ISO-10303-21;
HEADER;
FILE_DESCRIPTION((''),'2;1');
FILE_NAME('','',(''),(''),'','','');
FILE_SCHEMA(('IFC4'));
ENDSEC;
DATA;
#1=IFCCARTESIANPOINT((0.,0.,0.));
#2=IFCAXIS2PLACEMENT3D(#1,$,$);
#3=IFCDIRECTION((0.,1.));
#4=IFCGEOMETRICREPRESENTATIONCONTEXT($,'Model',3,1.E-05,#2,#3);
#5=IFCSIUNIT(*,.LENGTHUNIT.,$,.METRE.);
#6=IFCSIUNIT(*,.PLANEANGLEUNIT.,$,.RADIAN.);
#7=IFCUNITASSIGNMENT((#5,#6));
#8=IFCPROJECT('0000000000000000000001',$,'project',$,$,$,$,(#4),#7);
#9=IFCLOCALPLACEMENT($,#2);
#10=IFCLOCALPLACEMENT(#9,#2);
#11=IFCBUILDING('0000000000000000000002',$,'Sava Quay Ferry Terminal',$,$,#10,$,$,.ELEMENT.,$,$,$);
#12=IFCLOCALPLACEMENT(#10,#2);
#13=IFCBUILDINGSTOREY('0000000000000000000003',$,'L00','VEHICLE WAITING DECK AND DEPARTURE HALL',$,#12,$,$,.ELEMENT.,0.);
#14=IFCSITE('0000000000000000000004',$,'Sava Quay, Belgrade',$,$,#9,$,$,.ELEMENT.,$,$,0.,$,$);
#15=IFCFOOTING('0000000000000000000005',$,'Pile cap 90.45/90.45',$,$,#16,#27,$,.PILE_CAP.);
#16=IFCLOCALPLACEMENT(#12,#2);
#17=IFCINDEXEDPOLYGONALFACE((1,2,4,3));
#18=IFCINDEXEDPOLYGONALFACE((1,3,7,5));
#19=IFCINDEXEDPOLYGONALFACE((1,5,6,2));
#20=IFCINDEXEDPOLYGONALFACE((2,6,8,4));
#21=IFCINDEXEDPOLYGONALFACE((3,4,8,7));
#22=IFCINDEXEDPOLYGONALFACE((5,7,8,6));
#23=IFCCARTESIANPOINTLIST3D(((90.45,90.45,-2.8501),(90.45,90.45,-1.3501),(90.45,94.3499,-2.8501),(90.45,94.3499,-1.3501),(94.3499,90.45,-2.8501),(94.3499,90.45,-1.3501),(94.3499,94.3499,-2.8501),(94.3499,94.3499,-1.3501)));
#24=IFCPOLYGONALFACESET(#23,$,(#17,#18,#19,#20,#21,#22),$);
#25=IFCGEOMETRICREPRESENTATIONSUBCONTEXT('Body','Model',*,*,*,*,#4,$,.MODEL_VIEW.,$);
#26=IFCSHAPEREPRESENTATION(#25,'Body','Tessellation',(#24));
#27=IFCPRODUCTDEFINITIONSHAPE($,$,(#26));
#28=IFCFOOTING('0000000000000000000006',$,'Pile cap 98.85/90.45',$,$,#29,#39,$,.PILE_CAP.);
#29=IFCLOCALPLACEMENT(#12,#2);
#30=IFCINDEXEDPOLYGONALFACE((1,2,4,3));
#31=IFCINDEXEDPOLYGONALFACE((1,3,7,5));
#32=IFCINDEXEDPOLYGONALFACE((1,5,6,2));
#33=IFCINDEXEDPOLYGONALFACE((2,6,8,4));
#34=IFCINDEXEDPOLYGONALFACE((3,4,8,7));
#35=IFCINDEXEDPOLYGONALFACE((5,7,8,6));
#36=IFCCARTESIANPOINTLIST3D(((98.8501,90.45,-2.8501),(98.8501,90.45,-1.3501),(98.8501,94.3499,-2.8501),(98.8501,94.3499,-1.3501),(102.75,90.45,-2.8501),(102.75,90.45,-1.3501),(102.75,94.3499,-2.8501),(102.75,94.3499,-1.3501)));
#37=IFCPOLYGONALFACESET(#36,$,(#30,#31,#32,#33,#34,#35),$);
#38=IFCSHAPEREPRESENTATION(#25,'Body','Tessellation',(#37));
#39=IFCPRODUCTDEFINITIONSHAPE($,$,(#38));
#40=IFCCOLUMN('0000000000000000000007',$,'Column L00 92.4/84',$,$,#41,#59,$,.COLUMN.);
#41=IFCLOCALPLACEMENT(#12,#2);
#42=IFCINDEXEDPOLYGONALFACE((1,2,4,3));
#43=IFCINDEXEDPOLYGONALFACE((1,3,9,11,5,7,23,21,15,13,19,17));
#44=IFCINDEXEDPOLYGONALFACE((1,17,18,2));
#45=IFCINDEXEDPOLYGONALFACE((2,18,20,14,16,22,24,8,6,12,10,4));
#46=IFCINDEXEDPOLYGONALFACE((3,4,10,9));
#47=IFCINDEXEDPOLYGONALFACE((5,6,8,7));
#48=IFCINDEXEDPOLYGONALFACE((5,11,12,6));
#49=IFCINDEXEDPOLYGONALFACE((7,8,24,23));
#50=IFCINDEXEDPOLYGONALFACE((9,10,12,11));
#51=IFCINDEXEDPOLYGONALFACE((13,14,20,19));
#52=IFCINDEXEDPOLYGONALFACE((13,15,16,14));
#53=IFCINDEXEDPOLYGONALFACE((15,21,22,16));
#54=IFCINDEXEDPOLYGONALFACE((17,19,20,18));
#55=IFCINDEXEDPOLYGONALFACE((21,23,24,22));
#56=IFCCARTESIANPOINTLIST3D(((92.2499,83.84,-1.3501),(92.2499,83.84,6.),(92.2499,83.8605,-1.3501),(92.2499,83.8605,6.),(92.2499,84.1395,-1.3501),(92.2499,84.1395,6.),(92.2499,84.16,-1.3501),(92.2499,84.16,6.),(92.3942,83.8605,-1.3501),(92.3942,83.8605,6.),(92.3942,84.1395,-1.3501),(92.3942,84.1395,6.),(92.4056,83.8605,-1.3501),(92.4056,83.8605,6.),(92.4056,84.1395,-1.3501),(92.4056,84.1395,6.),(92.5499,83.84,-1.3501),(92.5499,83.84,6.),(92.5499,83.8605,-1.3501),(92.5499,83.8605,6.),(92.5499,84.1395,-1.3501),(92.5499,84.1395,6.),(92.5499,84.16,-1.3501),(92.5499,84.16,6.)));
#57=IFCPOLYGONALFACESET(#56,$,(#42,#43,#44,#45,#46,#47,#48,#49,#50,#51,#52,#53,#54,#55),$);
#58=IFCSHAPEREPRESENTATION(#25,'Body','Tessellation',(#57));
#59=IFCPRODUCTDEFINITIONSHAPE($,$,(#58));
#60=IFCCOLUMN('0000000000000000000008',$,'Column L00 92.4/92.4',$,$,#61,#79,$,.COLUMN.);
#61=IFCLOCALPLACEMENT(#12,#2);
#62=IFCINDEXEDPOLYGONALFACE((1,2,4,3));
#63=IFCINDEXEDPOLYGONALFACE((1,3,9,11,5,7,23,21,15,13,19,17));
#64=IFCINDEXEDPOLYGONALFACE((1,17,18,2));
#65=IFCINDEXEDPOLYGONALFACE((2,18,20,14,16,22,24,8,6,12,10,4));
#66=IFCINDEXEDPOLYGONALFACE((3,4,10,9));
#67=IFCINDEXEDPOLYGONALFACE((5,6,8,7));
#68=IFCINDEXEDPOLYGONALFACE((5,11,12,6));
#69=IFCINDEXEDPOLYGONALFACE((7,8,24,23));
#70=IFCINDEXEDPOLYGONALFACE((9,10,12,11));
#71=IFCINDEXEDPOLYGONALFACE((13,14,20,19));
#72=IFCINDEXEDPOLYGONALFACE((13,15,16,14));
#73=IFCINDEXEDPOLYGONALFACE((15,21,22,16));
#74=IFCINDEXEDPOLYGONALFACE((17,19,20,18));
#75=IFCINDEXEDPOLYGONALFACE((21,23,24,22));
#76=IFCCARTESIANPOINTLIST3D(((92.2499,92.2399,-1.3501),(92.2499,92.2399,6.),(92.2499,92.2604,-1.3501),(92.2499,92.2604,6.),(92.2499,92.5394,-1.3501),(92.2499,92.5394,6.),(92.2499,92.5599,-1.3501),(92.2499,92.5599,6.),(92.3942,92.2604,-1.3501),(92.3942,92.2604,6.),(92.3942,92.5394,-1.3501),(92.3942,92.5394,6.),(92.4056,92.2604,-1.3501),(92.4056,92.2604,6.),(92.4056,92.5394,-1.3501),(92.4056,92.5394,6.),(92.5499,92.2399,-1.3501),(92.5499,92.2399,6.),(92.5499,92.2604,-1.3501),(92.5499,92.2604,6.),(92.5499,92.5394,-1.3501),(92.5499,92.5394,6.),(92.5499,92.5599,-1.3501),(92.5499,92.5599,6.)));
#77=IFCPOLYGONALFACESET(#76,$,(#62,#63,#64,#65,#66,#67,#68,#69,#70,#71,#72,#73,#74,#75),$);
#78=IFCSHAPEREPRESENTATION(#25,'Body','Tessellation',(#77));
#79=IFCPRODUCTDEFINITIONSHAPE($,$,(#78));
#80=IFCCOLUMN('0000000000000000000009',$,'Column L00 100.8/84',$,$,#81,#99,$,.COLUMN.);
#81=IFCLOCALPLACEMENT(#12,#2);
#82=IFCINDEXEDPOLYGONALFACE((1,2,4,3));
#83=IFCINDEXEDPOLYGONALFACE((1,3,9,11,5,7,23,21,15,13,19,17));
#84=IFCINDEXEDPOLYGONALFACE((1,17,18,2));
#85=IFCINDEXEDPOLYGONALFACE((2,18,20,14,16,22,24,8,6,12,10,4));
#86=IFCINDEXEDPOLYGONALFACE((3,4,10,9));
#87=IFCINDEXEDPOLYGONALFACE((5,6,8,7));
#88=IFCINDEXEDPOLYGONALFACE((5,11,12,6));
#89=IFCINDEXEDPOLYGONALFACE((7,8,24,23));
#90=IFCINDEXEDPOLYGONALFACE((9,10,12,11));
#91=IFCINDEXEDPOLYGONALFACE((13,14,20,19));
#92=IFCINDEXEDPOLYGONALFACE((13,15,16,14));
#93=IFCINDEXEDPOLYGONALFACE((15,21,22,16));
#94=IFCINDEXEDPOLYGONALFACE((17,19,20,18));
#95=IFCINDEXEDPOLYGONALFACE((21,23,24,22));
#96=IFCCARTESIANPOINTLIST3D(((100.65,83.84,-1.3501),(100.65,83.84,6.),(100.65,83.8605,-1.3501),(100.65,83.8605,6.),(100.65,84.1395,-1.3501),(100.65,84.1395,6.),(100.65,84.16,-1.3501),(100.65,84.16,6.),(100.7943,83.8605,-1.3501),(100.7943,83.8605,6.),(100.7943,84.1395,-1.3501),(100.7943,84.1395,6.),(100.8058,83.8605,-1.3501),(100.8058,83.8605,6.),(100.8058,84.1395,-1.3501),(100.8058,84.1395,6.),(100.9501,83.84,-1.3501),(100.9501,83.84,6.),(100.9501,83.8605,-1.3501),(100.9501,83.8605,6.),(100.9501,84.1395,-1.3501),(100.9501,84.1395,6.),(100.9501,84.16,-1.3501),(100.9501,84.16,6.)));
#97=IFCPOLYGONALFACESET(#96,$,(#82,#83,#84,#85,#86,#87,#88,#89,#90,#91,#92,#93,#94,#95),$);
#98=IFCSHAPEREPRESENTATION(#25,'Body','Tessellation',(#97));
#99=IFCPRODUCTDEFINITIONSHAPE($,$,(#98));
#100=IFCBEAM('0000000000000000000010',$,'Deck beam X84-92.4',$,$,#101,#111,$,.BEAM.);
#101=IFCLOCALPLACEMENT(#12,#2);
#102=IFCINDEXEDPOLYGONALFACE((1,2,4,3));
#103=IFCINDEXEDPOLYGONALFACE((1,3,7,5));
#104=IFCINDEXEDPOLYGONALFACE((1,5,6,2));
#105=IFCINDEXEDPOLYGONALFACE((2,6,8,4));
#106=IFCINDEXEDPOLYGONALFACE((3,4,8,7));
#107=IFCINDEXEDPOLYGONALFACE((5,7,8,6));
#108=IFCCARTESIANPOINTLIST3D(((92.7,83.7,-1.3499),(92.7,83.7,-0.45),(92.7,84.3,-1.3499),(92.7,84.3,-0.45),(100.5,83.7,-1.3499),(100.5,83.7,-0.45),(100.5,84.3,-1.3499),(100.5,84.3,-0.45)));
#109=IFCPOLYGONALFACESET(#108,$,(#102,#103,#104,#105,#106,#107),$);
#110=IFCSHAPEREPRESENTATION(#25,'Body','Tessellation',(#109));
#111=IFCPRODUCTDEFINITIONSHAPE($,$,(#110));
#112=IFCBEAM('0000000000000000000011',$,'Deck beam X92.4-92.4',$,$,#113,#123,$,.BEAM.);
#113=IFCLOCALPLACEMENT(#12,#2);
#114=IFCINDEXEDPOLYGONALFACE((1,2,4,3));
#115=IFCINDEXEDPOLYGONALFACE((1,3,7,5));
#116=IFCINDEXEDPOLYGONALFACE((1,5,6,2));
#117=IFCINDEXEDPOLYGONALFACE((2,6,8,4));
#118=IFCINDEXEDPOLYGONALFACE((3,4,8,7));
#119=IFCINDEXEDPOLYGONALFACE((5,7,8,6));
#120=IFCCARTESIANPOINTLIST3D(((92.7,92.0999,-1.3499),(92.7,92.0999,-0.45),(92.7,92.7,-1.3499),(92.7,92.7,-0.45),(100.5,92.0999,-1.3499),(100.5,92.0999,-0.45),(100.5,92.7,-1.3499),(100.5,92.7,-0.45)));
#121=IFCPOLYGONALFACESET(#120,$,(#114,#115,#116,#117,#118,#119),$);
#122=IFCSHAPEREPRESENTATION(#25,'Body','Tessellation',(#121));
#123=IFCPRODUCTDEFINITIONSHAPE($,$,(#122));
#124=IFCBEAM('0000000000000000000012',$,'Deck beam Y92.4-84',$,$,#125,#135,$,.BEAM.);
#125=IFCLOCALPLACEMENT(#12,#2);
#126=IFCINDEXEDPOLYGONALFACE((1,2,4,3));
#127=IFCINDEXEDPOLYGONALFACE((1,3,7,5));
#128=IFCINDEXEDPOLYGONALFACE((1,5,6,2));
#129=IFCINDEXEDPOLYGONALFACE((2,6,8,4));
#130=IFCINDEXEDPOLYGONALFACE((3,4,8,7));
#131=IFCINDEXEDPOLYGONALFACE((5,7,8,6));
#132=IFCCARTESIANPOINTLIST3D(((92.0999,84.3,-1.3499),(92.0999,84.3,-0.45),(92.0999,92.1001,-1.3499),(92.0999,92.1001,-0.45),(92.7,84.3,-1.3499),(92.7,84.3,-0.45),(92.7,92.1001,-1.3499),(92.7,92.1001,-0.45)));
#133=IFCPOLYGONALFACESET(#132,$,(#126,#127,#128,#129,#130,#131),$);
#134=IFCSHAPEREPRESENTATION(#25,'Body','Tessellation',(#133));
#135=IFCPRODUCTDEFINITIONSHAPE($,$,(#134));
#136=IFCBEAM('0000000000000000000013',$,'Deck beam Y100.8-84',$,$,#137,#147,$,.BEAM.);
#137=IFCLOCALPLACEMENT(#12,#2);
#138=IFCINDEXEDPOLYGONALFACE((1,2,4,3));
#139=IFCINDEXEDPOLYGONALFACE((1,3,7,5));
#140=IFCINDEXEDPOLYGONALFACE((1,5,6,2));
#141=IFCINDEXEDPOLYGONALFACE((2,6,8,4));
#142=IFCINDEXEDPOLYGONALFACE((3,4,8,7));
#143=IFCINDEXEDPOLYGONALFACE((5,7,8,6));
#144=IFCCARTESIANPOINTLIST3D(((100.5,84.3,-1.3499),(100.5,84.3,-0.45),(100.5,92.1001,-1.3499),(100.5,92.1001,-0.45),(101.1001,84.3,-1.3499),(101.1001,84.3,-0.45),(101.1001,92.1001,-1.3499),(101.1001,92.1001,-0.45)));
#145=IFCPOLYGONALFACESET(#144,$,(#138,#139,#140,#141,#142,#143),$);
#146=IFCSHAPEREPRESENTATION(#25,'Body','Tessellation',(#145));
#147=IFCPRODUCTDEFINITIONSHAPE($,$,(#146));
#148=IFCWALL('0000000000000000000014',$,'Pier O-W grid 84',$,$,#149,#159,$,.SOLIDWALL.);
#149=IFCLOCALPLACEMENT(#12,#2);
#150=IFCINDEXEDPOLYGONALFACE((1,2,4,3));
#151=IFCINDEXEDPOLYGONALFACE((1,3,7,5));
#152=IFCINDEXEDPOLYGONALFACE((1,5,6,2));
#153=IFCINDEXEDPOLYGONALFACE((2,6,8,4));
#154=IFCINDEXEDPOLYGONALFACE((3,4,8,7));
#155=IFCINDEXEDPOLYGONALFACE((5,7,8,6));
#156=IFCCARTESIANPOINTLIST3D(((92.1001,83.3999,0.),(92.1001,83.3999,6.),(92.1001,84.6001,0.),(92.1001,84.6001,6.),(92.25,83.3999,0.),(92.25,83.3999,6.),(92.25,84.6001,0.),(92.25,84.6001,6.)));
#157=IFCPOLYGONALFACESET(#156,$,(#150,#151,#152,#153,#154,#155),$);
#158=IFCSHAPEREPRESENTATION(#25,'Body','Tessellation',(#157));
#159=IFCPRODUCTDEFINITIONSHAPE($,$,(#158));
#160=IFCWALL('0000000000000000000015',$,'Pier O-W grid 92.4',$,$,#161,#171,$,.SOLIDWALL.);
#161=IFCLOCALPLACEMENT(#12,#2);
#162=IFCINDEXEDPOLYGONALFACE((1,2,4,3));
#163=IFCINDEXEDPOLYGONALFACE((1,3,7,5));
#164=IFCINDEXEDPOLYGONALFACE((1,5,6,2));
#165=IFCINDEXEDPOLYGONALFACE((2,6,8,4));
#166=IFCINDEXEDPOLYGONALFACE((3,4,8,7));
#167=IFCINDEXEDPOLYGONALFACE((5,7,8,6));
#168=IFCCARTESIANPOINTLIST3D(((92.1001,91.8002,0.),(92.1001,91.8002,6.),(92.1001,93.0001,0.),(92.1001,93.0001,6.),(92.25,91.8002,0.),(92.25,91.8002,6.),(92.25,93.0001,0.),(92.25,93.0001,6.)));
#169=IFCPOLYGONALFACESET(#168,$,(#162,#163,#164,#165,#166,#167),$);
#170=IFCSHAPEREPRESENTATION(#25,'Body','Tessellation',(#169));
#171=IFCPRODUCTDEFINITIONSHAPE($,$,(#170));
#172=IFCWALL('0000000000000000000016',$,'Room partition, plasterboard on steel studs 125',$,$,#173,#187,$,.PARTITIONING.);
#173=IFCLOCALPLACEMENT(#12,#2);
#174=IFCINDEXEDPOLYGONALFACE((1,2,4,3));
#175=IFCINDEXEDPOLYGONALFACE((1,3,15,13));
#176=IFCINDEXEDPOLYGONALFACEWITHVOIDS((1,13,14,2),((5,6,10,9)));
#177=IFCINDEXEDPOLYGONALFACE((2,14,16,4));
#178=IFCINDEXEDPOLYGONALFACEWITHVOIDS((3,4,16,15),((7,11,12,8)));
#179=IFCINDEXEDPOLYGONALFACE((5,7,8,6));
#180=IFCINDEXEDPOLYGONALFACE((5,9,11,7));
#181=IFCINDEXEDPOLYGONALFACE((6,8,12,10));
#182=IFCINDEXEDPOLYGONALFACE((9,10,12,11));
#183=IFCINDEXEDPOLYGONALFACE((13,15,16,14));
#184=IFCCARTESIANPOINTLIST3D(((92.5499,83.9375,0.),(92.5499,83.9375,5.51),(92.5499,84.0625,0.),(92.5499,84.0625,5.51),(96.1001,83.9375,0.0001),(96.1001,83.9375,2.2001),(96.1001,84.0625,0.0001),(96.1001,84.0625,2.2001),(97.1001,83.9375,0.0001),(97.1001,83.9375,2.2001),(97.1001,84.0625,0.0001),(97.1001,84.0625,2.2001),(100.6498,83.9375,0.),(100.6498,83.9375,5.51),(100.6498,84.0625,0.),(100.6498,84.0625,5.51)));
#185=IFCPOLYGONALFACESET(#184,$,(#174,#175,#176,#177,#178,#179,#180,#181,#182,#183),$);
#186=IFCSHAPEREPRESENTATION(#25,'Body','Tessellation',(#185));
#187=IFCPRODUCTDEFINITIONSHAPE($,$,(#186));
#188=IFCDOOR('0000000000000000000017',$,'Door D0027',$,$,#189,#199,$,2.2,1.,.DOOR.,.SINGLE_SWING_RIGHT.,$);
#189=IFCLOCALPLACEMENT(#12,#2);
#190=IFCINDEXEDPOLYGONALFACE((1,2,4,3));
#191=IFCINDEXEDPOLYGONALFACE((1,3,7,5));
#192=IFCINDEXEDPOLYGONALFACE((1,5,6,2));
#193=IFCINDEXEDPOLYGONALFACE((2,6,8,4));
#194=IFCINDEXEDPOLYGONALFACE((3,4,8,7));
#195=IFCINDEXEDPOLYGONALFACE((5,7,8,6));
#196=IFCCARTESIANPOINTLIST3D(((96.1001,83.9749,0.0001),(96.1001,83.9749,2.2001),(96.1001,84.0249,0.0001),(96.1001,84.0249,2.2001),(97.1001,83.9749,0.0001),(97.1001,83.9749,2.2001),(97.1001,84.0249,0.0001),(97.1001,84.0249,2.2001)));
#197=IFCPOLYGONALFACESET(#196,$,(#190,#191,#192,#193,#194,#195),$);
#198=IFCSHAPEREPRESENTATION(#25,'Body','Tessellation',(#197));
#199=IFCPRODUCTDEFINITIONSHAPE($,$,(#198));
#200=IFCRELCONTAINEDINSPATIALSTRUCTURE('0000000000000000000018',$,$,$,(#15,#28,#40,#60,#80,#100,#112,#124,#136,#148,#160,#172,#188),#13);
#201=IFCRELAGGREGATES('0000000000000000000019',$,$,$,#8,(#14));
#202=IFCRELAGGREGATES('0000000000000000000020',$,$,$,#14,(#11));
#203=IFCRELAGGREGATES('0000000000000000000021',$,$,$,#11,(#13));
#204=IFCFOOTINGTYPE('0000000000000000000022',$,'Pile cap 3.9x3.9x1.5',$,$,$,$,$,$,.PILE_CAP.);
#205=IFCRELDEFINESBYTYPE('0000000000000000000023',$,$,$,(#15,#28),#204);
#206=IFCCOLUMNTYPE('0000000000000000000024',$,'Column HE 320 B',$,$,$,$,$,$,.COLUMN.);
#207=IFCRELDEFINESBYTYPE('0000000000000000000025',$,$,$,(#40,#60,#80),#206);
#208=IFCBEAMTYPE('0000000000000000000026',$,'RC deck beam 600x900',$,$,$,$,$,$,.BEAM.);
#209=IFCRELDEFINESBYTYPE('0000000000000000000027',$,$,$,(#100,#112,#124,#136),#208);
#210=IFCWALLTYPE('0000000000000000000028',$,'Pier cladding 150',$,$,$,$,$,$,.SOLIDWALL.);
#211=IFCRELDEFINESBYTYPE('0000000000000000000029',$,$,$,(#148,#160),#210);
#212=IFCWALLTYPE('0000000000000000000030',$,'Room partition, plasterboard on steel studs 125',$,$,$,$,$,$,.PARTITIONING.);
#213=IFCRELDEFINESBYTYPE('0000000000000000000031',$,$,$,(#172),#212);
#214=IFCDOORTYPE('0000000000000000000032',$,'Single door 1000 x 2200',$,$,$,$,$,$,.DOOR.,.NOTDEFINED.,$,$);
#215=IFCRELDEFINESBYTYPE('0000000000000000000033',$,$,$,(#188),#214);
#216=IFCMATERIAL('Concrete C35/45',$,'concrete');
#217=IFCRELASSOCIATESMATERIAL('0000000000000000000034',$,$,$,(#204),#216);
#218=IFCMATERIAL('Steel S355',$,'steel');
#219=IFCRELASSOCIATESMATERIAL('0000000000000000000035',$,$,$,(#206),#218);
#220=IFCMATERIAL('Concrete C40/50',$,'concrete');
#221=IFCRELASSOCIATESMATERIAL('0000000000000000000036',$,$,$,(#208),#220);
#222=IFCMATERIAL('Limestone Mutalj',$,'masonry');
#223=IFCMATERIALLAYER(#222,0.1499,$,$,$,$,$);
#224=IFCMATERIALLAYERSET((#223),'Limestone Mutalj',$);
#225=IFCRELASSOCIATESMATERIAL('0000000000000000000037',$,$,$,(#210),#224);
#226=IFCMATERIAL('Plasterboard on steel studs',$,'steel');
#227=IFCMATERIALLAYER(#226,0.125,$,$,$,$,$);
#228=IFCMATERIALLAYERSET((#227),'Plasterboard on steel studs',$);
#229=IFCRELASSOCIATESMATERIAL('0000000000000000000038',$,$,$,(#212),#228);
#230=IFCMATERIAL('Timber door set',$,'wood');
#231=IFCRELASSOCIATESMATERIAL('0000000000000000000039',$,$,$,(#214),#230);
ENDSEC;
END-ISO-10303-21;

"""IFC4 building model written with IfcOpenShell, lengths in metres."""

from ifc_helpers import new_model, si_unit, direction, frame, frame_2d, origin, origin_2d, place, context, subcontext, project, spatial, rectangle, i_section, extrude, material, layer, layer_set, material_profile, profile_set, type_object, element, fill, save


model = new_model("IFC4")

# Units and contexts
model_context = context("Model", 3, precision=1e-05, world=origin(), true_north=direction((0.0, 1.0)))
body_context = subcontext(model_context, "Body", "Model", "MODEL_VIEW")
ifc_project = project(units=[si_unit("LENGTHUNIT", "METRE"), si_unit("PLANEANGLEUNIT", "RADIAN")], contexts=[model_context])

# Site, building, storey
site_placement = place(None, origin())
site = spatial("IfcSite", under=ifc_project, at=site_placement, Name="Sava Quay, Belgrade", CompositionType="ELEMENT", RefElevation=0.0)
building_placement = place(site_placement, origin())
building = spatial("IfcBuilding", under=site, at=building_placement, Name="Sava Quay Ferry Terminal", CompositionType="ELEMENT")
storey_placement = place(building_placement, origin())
storey = spatial("IfcBuildingStorey", under=building, at=storey_placement, Name="L00", Description="VEHICLE WAITING DECK AND DEPARTURE HALL", CompositionType="ELEMENT", Elevation=0.0)

# Footings
ifc_material_1 = material(Name="Concrete C35/45", Category="concrete")
footing_type = type_object("IfcFootingType", Name="Pile cap 3.9x3.9x1.5", PredefinedType="PILE_CAP", material=ifc_material_1)
for number, where, z_axis, x_axis, name in (
    (1, (92.3999, 92.3999, -2.8501), (0.0, 0.0, 1.0), (1.0, 0.0, 0.0), "Pile cap 90.45/90.45"),
    (2, (100.8, 92.3999, -2.8501), (0.0, 0.0, 1.0), (1.0, 0.0, 0.0), "Pile cap 98.85/90.45"),
):
    element("IfcFooting", number, at=place(storey_placement, frame(where, z_axis=z_axis, x_axis=x_axis)), inside=storey, type_object=footing_type, Name=name, PredefinedType="PILE_CAP", context=body_context, shape_type="SweptSolid", body=[
        extrude(rectangle(XDim=3.8999, YDim=3.8999, at=origin_2d()), origin(), (0.0, 0.0, 1.0), 1.5),
    ])

# Columns
ifc_material_2 = material(Name="Steel S355", Category="steel")
ifc_material_profile_1 = material_profile(ifc_material_2, i_section(OverallWidth=0.3, OverallDepth=0.3201, WebThickness=0.0115, FlangeThickness=0.0205, at=origin_2d()), Name="HE 320 B")
ifc_profile_set_1 = profile_set([ifc_material_profile_1], Name="Steel S355")
column_type = type_object("IfcColumnType", Name="Column HE 320 B", PredefinedType="COLUMN", material=ifc_profile_set_1)
for number, where, z_axis, x_axis, name in (
    (3, (92.3999, 84.0, -1.3501), (0.0, 0.0, 1.0), (1.0, 0.0, 0.0), "Column L00 92.4/84"),
    (4, (92.3999, 92.3999, -1.3501), (0.0, 0.0, 1.0), (1.0, 0.0, 0.0), "Column L00 92.4/92.4"),
    (5, (100.8, 84.0, -1.3501), (0.0, 0.0, 1.0), (1.0, 0.0, 0.0), "Column L00 100.8/84"),
):
    element("IfcColumn", number, at=place(storey_placement, frame(where, z_axis=z_axis, x_axis=x_axis)), inside=storey, type_object=column_type, Name=name, PredefinedType="COLUMN", context=body_context, shape_type="SweptSolid", body=[
        extrude(i_section(OverallWidth=0.3, OverallDepth=0.3201, WebThickness=0.0115, FlangeThickness=0.0205, at=origin_2d()), origin(), (0.0, 0.0, 1.0), 7.3501),
    ])

# Beams
ifc_material_3 = material(Name="Concrete C40/50", Category="concrete")
ifc_material_profile_2 = material_profile(ifc_material_3, rectangle(XDim=0.6001, YDim=0.8999, at=origin_2d()), Name="RC 600x900")
ifc_profile_set_2 = profile_set([ifc_material_profile_2], Name="Concrete C40/50")
beam_type = type_object("IfcBeamType", Name="RC deck beam 600x900", PredefinedType="BEAM", material=ifc_profile_set_2)
for number, where, z_axis, x_axis, name in (
    (6, (92.7, 84.0, -0.8999), (1.0, 0.0, 0.0), (0.0, 1.0, 0.0), "Deck beam X84-92.4"),
    (7, (92.7, 92.3999, -0.8999), (1.0, 0.0, 0.0), (0.0, 1.0, 0.0), "Deck beam X92.4-92.4"),
    (8, (92.3999, 84.3, -0.8999), (0.0, 1.0, 0.0), (-1.0, 0.0, 0.0), "Deck beam Y92.4-84"),
    (9, (100.8, 84.3, -0.8999), (0.0, 1.0, 0.0), (-1.0, 0.0, 0.0), "Deck beam Y100.8-84"),
):
    element("IfcBeam", number, at=place(storey_placement, frame(where, z_axis=z_axis, x_axis=x_axis)), inside=storey, type_object=beam_type, Name=name, PredefinedType="BEAM", context=body_context, shape_type="SweptSolid", body=[
        extrude(rectangle(XDim=0.6001, YDim=0.8999, at=origin_2d()), origin(), (0.0, 0.0, 1.0), 7.8),
    ])

# Walls
ifc_material_4 = material(Name="Limestone Mutalj", Category="masonry")
ifc_layer_1 = layer(ifc_material_4, 0.1499)
ifc_layer_set_1 = layer_set([ifc_layer_1], Name="Limestone Mutalj")
wall_type_1 = type_object("IfcWallType", Name="Pier cladding 150", PredefinedType="SOLIDWALL", material=ifc_layer_set_1)
wall_1_placement = place(storey_placement, frame((92.175, 83.3999, 0.0), z_axis=(0.0, 0.0, 1.0), x_axis=(0.0, 1.0, 0.0)))
element("IfcWall", 10, at=wall_1_placement, inside=storey, type_object=wall_type_1, Name="Pier O-W grid 84", PredefinedType="SOLIDWALL", context=body_context, shape_type="SweptSolid", body=[
    extrude(rectangle(XDim=1.2002, YDim=0.1499, at=frame_2d((0.6001, 0.0))), origin(), (0.0, 0.0, 1.0), 6.0),
])
wall_2_placement = place(storey_placement, frame((92.175, 91.8, 0.0), z_axis=(0.0, 0.0, 1.0), x_axis=(0.0, 1.0, 0.0)))
element("IfcWall", 11, at=wall_2_placement, inside=storey, type_object=wall_type_1, Name="Pier O-W grid 92.4", PredefinedType="SOLIDWALL", context=body_context, shape_type="SweptSolid", body=[
    extrude(rectangle(XDim=1.2, YDim=0.1499, at=frame_2d((0.6001, 0.0))), origin(), (0.0, 0.0, 1.0), 6.0),
])

# Wall, opening, door
ifc_material_5 = material(Name="Plasterboard on steel studs", Category="steel")
ifc_layer_2 = layer(ifc_material_5, 0.125)
ifc_layer_set_2 = layer_set([ifc_layer_2], Name="Plasterboard on steel studs")
wall_type_2 = type_object("IfcWallType", Name="Room partition, plasterboard on steel studs 125", PredefinedType="PARTITIONING", material=ifc_layer_set_2)
wall_3_placement = place(storey_placement, frame((92.55, 84.0, 0.0), z_axis=(0.0, 0.0, 1.0), x_axis=(1.0, 0.0, 0.0)))
wall_3 = element("IfcWall", 12, at=wall_3_placement, inside=storey, type_object=wall_type_2, Name="Room partition, plasterboard on steel studs 125", PredefinedType="PARTITIONING", context=body_context, shape_type="SweptSolid", body=[
    extrude(rectangle(XDim=8.0999, YDim=0.125, at=frame_2d((4.0498, 0.0))), origin(), (0.0, 0.0, 1.0), 5.51),
])
opening_1_placement = place(wall_3_placement, frame((3.55, 0.0, 0.0)))
opening_1 = element("IfcOpeningElement", 13, at=opening_1_placement, cuts=wall_3, PredefinedType="OPENING", context=body_context, shape_type="SweptSolid", body=[
    extrude(rectangle(XDim=1.0, YDim=2.2, at=frame_2d((0.5, 1.1001))), frame((0.0, 0.0625, 0.0), z_axis=(0.0, -1.0, 0.0), x_axis=(1.0, 0.0, 0.0)), (0.0, 0.0, 1.0), 0.125),
])
ifc_material_6 = material(Name="Timber door set", Category="wood")
door_type = type_object("IfcDoorType", Name="Single door 1000 x 2200", OperationType="NOTDEFINED", PredefinedType="DOOR", material=ifc_material_6)
door_placement = place(opening_1_placement, origin())
door = element("IfcDoor", 14, at=door_placement, inside=storey, type_object=door_type, Name="Door D0027", OperationType="SINGLE_SWING_RIGHT", OverallHeight=2.2, OverallWidth=1.0, PredefinedType="DOOR", context=body_context, shape_type="SweptSolid", body=[
    extrude(rectangle(XDim=1.0, YDim=2.2, at=frame_2d((0.5, 1.1001))), frame((0.0, 0.0249, 0.0), z_axis=(0.0, -1.0, 0.0), x_axis=(1.0, 0.0, 0.0)), (0.0, 0.0, 1.0), 0.05),
])
fill(opening_1, door)

save(model, "model.ifc")
